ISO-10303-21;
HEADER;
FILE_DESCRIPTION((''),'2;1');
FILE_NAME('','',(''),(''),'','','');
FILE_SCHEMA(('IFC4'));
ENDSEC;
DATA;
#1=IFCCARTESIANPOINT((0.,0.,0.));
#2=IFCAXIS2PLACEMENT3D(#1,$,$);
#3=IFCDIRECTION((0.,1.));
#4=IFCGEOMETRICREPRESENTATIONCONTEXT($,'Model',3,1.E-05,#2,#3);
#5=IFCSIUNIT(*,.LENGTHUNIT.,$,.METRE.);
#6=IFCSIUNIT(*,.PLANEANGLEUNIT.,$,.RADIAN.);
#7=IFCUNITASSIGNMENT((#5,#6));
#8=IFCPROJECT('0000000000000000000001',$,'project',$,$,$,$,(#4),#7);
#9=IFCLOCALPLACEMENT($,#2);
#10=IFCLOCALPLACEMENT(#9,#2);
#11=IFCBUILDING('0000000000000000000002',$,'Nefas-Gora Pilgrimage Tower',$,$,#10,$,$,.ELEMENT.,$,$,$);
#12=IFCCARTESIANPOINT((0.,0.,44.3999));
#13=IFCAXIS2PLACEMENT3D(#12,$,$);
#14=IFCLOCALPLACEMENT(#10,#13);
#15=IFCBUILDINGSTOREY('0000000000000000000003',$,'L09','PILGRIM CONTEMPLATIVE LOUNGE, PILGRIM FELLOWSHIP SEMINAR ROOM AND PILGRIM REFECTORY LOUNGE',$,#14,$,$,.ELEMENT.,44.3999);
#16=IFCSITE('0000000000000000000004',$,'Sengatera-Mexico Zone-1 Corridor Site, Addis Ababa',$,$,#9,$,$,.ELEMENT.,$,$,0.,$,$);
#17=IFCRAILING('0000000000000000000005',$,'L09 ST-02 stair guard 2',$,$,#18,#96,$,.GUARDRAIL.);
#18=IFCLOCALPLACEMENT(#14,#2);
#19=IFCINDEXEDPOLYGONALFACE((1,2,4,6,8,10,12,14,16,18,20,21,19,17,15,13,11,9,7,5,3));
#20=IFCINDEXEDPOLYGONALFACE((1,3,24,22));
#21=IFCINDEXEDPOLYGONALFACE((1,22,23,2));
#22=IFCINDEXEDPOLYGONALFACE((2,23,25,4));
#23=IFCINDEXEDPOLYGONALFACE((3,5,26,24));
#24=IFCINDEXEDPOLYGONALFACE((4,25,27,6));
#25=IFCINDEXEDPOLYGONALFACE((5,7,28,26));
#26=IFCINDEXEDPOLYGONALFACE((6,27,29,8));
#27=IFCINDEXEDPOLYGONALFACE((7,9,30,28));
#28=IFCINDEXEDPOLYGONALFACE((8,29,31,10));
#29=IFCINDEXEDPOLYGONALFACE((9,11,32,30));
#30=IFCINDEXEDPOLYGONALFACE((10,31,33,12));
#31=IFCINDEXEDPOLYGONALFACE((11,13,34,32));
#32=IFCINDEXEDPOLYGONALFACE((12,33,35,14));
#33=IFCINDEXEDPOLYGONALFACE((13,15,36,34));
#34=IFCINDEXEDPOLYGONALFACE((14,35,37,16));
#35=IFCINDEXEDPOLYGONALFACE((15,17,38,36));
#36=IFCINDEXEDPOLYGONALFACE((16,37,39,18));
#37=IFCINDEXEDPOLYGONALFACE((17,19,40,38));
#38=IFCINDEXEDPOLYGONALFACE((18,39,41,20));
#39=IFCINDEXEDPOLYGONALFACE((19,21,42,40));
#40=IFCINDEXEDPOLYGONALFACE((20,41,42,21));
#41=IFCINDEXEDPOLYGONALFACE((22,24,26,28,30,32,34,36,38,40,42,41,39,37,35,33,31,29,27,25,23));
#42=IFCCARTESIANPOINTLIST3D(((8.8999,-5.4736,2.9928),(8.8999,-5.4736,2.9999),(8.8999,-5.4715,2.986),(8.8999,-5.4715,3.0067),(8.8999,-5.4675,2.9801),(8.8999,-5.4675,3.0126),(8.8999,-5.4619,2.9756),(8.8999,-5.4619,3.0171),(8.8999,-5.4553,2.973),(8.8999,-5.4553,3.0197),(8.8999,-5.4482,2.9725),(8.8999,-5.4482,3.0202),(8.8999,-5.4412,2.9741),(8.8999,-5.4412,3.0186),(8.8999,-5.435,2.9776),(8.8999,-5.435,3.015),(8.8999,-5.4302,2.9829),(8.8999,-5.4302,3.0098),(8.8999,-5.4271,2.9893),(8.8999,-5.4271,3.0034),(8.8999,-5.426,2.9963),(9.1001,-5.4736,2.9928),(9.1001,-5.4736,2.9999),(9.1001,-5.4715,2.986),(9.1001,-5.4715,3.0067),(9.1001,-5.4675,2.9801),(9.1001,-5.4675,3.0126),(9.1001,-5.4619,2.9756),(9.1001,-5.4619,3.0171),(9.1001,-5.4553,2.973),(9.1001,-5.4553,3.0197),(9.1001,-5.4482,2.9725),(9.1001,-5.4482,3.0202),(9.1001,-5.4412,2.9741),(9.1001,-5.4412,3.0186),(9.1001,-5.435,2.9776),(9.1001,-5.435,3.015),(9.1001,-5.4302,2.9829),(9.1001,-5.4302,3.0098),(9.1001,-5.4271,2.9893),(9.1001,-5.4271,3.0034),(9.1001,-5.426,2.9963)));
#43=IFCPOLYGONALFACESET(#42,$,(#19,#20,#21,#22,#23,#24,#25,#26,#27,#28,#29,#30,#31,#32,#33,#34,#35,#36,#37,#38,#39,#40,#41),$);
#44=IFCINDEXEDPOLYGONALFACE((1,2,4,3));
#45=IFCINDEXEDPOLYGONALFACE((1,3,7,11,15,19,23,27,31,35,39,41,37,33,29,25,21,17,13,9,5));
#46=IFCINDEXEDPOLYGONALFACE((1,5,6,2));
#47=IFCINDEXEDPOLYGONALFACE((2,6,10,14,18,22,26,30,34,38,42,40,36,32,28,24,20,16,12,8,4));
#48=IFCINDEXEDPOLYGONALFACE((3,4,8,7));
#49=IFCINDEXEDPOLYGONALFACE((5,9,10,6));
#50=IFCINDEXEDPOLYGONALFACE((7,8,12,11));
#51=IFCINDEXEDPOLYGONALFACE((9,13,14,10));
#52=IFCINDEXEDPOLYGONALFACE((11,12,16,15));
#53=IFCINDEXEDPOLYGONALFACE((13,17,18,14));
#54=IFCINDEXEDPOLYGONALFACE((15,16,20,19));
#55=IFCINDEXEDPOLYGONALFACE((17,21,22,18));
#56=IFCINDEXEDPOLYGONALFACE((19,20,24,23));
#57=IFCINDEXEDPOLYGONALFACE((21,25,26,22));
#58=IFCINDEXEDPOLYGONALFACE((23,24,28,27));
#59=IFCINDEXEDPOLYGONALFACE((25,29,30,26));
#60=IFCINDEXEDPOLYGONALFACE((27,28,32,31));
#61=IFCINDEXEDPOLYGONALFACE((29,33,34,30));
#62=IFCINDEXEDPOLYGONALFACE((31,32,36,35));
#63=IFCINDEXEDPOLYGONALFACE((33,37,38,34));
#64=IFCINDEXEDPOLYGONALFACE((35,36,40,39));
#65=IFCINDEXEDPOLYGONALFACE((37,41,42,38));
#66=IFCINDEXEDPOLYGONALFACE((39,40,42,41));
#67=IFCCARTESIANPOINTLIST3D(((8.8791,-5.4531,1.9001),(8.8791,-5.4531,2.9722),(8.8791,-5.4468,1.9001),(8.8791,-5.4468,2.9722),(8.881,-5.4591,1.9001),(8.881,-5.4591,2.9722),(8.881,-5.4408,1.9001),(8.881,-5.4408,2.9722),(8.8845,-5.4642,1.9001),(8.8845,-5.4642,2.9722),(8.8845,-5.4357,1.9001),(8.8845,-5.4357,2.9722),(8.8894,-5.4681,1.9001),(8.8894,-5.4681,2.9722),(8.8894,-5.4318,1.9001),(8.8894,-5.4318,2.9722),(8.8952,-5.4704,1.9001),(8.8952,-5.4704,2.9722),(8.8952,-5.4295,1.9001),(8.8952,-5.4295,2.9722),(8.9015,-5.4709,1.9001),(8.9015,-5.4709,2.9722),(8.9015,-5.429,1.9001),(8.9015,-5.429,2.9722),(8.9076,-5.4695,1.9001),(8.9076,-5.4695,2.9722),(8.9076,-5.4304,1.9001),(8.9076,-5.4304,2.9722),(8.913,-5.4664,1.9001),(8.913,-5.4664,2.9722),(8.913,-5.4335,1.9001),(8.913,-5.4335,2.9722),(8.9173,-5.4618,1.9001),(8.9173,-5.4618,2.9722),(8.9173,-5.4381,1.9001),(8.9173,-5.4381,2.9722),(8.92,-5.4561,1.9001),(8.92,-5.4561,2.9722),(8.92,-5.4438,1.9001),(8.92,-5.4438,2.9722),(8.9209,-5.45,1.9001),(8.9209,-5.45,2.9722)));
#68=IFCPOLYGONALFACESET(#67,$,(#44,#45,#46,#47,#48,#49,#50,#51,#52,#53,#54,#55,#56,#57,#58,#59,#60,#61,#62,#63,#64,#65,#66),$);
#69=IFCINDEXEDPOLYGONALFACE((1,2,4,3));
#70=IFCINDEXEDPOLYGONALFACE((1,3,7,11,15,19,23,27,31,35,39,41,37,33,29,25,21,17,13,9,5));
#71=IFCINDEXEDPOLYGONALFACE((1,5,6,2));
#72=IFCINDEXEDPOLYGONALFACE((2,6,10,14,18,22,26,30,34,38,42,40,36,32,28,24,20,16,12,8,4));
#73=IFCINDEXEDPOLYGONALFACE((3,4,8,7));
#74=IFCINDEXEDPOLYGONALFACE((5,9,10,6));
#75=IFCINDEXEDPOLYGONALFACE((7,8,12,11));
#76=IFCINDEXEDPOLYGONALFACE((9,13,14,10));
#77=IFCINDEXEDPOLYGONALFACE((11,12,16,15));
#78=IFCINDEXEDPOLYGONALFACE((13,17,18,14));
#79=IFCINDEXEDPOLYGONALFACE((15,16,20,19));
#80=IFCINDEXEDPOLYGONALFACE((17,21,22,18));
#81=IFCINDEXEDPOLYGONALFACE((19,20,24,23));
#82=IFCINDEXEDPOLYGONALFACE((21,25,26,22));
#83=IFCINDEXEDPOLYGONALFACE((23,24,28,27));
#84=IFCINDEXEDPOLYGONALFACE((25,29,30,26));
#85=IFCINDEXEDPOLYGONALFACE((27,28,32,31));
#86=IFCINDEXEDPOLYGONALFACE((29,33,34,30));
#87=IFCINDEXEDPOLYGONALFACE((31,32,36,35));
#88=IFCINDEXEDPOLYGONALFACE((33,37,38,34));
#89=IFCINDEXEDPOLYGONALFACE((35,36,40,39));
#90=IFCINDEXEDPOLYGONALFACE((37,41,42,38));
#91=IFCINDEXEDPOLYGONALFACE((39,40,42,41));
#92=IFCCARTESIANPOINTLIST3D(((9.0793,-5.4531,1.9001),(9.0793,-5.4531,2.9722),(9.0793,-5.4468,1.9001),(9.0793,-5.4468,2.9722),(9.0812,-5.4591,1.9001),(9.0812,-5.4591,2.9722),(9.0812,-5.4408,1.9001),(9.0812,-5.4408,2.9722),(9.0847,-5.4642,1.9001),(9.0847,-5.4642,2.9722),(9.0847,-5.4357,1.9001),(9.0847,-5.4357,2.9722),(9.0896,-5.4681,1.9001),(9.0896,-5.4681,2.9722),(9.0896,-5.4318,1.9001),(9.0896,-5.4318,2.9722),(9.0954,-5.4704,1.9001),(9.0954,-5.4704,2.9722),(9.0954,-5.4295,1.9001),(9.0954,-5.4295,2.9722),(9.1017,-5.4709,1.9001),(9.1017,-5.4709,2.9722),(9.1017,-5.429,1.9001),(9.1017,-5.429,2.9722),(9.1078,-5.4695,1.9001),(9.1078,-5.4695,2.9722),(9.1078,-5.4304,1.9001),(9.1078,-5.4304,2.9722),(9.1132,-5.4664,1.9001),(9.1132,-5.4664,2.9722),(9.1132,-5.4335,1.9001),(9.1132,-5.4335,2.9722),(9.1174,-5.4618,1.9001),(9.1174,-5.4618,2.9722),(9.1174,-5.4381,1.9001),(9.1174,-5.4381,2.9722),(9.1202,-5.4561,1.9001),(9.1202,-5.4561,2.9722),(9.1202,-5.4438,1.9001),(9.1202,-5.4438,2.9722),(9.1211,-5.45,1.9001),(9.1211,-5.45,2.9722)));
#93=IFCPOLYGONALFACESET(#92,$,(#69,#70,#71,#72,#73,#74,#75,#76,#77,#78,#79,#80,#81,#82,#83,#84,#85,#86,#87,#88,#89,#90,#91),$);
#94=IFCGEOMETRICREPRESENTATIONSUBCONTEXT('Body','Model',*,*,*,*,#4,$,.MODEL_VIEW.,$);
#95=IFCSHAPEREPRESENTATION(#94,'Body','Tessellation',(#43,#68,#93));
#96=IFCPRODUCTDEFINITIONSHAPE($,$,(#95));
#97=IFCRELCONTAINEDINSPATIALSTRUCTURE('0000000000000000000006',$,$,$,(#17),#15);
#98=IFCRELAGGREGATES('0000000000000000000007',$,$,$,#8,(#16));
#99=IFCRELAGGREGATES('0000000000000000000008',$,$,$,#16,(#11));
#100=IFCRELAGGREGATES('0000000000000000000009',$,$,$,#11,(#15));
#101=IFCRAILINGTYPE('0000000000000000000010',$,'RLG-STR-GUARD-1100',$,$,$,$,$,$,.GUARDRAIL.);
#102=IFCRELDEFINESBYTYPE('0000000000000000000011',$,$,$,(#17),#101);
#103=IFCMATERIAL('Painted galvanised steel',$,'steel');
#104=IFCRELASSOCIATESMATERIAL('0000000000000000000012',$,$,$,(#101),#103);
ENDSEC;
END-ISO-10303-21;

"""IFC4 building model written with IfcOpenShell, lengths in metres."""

from ifc_helpers import new_model, si_unit, direction, frame, origin, origin_2d, place, context, subcontext, project, spatial, circle, extrude, material, type_object, element, save


model = new_model("IFC4")

# Units and contexts
model_context = context("Model", 3, precision=1e-05, world=origin(), true_north=direction((0.0, 1.0)))
body_context = subcontext(model_context, "Body", "Model", "MODEL_VIEW")
ifc_project = project(units=[si_unit("LENGTHUNIT", "METRE"), si_unit("PLANEANGLEUNIT", "RADIAN")], contexts=[model_context])

# Site, building, storey
site_placement = place(None, origin())
site = spatial("IfcSite", under=ifc_project, at=site_placement, Name="Sengatera-Mexico Zone-1 Corridor Site, Addis Ababa", CompositionType="ELEMENT", RefElevation=0.0)
building_placement = place(site_placement, origin())
building = spatial("IfcBuilding", under=site, at=building_placement, Name="Nefas-Gora Pilgrimage Tower", CompositionType="ELEMENT")
storey_placement = place(building_placement, frame((0.0, 0.0, 44.3999)))
storey = spatial("IfcBuildingStorey", under=building, at=storey_placement, Name="L09", Description="PILGRIM CONTEMPLATIVE LOUNGE, PILGRIM FELLOWSHIP SEMINAR ROOM AND PILGRIM REFECTORY LOUNGE", CompositionType="ELEMENT", Elevation=44.3999)

# Railing
ifc_material_1 = material(Name="Painted galvanised steel", Category="steel")
railing_type_1 = type_object("IfcRailingType", Name="RLG-STR-GUARD-1100", PredefinedType="GUARDRAIL", material=ifc_material_1)
railing_1_placement = place(storey_placement, frame((8.8999, -5.45, 1.9001)))
element("IfcRailing", 1, at=railing_1_placement, inside=storey, type_object=railing_type_1, Name="L09 ST-02 stair guard 2", PredefinedType="GUARDRAIL", context=body_context, shape_type="SweptSolid", body=[
    extrude(circle(Radius=0.0239, at=origin_2d()), frame((0.0, 0.0, 1.0962), z_axis=(1.0, 0.0, 0.0), x_axis=(0.0, 1.0, 0.0)), (0.0, 0.0, 1.0), 0.2002),
    extrude(circle(Radius=0.021, at=origin_2d()), origin(), (0.0, 0.0, 1.0), 1.072),
    extrude(circle(Radius=0.021, at=origin_2d()), frame((0.2002, 0.0, 0.0)), (0.0, 0.0, 1.0), 1.072),
])

save(model, "model.ifc")
